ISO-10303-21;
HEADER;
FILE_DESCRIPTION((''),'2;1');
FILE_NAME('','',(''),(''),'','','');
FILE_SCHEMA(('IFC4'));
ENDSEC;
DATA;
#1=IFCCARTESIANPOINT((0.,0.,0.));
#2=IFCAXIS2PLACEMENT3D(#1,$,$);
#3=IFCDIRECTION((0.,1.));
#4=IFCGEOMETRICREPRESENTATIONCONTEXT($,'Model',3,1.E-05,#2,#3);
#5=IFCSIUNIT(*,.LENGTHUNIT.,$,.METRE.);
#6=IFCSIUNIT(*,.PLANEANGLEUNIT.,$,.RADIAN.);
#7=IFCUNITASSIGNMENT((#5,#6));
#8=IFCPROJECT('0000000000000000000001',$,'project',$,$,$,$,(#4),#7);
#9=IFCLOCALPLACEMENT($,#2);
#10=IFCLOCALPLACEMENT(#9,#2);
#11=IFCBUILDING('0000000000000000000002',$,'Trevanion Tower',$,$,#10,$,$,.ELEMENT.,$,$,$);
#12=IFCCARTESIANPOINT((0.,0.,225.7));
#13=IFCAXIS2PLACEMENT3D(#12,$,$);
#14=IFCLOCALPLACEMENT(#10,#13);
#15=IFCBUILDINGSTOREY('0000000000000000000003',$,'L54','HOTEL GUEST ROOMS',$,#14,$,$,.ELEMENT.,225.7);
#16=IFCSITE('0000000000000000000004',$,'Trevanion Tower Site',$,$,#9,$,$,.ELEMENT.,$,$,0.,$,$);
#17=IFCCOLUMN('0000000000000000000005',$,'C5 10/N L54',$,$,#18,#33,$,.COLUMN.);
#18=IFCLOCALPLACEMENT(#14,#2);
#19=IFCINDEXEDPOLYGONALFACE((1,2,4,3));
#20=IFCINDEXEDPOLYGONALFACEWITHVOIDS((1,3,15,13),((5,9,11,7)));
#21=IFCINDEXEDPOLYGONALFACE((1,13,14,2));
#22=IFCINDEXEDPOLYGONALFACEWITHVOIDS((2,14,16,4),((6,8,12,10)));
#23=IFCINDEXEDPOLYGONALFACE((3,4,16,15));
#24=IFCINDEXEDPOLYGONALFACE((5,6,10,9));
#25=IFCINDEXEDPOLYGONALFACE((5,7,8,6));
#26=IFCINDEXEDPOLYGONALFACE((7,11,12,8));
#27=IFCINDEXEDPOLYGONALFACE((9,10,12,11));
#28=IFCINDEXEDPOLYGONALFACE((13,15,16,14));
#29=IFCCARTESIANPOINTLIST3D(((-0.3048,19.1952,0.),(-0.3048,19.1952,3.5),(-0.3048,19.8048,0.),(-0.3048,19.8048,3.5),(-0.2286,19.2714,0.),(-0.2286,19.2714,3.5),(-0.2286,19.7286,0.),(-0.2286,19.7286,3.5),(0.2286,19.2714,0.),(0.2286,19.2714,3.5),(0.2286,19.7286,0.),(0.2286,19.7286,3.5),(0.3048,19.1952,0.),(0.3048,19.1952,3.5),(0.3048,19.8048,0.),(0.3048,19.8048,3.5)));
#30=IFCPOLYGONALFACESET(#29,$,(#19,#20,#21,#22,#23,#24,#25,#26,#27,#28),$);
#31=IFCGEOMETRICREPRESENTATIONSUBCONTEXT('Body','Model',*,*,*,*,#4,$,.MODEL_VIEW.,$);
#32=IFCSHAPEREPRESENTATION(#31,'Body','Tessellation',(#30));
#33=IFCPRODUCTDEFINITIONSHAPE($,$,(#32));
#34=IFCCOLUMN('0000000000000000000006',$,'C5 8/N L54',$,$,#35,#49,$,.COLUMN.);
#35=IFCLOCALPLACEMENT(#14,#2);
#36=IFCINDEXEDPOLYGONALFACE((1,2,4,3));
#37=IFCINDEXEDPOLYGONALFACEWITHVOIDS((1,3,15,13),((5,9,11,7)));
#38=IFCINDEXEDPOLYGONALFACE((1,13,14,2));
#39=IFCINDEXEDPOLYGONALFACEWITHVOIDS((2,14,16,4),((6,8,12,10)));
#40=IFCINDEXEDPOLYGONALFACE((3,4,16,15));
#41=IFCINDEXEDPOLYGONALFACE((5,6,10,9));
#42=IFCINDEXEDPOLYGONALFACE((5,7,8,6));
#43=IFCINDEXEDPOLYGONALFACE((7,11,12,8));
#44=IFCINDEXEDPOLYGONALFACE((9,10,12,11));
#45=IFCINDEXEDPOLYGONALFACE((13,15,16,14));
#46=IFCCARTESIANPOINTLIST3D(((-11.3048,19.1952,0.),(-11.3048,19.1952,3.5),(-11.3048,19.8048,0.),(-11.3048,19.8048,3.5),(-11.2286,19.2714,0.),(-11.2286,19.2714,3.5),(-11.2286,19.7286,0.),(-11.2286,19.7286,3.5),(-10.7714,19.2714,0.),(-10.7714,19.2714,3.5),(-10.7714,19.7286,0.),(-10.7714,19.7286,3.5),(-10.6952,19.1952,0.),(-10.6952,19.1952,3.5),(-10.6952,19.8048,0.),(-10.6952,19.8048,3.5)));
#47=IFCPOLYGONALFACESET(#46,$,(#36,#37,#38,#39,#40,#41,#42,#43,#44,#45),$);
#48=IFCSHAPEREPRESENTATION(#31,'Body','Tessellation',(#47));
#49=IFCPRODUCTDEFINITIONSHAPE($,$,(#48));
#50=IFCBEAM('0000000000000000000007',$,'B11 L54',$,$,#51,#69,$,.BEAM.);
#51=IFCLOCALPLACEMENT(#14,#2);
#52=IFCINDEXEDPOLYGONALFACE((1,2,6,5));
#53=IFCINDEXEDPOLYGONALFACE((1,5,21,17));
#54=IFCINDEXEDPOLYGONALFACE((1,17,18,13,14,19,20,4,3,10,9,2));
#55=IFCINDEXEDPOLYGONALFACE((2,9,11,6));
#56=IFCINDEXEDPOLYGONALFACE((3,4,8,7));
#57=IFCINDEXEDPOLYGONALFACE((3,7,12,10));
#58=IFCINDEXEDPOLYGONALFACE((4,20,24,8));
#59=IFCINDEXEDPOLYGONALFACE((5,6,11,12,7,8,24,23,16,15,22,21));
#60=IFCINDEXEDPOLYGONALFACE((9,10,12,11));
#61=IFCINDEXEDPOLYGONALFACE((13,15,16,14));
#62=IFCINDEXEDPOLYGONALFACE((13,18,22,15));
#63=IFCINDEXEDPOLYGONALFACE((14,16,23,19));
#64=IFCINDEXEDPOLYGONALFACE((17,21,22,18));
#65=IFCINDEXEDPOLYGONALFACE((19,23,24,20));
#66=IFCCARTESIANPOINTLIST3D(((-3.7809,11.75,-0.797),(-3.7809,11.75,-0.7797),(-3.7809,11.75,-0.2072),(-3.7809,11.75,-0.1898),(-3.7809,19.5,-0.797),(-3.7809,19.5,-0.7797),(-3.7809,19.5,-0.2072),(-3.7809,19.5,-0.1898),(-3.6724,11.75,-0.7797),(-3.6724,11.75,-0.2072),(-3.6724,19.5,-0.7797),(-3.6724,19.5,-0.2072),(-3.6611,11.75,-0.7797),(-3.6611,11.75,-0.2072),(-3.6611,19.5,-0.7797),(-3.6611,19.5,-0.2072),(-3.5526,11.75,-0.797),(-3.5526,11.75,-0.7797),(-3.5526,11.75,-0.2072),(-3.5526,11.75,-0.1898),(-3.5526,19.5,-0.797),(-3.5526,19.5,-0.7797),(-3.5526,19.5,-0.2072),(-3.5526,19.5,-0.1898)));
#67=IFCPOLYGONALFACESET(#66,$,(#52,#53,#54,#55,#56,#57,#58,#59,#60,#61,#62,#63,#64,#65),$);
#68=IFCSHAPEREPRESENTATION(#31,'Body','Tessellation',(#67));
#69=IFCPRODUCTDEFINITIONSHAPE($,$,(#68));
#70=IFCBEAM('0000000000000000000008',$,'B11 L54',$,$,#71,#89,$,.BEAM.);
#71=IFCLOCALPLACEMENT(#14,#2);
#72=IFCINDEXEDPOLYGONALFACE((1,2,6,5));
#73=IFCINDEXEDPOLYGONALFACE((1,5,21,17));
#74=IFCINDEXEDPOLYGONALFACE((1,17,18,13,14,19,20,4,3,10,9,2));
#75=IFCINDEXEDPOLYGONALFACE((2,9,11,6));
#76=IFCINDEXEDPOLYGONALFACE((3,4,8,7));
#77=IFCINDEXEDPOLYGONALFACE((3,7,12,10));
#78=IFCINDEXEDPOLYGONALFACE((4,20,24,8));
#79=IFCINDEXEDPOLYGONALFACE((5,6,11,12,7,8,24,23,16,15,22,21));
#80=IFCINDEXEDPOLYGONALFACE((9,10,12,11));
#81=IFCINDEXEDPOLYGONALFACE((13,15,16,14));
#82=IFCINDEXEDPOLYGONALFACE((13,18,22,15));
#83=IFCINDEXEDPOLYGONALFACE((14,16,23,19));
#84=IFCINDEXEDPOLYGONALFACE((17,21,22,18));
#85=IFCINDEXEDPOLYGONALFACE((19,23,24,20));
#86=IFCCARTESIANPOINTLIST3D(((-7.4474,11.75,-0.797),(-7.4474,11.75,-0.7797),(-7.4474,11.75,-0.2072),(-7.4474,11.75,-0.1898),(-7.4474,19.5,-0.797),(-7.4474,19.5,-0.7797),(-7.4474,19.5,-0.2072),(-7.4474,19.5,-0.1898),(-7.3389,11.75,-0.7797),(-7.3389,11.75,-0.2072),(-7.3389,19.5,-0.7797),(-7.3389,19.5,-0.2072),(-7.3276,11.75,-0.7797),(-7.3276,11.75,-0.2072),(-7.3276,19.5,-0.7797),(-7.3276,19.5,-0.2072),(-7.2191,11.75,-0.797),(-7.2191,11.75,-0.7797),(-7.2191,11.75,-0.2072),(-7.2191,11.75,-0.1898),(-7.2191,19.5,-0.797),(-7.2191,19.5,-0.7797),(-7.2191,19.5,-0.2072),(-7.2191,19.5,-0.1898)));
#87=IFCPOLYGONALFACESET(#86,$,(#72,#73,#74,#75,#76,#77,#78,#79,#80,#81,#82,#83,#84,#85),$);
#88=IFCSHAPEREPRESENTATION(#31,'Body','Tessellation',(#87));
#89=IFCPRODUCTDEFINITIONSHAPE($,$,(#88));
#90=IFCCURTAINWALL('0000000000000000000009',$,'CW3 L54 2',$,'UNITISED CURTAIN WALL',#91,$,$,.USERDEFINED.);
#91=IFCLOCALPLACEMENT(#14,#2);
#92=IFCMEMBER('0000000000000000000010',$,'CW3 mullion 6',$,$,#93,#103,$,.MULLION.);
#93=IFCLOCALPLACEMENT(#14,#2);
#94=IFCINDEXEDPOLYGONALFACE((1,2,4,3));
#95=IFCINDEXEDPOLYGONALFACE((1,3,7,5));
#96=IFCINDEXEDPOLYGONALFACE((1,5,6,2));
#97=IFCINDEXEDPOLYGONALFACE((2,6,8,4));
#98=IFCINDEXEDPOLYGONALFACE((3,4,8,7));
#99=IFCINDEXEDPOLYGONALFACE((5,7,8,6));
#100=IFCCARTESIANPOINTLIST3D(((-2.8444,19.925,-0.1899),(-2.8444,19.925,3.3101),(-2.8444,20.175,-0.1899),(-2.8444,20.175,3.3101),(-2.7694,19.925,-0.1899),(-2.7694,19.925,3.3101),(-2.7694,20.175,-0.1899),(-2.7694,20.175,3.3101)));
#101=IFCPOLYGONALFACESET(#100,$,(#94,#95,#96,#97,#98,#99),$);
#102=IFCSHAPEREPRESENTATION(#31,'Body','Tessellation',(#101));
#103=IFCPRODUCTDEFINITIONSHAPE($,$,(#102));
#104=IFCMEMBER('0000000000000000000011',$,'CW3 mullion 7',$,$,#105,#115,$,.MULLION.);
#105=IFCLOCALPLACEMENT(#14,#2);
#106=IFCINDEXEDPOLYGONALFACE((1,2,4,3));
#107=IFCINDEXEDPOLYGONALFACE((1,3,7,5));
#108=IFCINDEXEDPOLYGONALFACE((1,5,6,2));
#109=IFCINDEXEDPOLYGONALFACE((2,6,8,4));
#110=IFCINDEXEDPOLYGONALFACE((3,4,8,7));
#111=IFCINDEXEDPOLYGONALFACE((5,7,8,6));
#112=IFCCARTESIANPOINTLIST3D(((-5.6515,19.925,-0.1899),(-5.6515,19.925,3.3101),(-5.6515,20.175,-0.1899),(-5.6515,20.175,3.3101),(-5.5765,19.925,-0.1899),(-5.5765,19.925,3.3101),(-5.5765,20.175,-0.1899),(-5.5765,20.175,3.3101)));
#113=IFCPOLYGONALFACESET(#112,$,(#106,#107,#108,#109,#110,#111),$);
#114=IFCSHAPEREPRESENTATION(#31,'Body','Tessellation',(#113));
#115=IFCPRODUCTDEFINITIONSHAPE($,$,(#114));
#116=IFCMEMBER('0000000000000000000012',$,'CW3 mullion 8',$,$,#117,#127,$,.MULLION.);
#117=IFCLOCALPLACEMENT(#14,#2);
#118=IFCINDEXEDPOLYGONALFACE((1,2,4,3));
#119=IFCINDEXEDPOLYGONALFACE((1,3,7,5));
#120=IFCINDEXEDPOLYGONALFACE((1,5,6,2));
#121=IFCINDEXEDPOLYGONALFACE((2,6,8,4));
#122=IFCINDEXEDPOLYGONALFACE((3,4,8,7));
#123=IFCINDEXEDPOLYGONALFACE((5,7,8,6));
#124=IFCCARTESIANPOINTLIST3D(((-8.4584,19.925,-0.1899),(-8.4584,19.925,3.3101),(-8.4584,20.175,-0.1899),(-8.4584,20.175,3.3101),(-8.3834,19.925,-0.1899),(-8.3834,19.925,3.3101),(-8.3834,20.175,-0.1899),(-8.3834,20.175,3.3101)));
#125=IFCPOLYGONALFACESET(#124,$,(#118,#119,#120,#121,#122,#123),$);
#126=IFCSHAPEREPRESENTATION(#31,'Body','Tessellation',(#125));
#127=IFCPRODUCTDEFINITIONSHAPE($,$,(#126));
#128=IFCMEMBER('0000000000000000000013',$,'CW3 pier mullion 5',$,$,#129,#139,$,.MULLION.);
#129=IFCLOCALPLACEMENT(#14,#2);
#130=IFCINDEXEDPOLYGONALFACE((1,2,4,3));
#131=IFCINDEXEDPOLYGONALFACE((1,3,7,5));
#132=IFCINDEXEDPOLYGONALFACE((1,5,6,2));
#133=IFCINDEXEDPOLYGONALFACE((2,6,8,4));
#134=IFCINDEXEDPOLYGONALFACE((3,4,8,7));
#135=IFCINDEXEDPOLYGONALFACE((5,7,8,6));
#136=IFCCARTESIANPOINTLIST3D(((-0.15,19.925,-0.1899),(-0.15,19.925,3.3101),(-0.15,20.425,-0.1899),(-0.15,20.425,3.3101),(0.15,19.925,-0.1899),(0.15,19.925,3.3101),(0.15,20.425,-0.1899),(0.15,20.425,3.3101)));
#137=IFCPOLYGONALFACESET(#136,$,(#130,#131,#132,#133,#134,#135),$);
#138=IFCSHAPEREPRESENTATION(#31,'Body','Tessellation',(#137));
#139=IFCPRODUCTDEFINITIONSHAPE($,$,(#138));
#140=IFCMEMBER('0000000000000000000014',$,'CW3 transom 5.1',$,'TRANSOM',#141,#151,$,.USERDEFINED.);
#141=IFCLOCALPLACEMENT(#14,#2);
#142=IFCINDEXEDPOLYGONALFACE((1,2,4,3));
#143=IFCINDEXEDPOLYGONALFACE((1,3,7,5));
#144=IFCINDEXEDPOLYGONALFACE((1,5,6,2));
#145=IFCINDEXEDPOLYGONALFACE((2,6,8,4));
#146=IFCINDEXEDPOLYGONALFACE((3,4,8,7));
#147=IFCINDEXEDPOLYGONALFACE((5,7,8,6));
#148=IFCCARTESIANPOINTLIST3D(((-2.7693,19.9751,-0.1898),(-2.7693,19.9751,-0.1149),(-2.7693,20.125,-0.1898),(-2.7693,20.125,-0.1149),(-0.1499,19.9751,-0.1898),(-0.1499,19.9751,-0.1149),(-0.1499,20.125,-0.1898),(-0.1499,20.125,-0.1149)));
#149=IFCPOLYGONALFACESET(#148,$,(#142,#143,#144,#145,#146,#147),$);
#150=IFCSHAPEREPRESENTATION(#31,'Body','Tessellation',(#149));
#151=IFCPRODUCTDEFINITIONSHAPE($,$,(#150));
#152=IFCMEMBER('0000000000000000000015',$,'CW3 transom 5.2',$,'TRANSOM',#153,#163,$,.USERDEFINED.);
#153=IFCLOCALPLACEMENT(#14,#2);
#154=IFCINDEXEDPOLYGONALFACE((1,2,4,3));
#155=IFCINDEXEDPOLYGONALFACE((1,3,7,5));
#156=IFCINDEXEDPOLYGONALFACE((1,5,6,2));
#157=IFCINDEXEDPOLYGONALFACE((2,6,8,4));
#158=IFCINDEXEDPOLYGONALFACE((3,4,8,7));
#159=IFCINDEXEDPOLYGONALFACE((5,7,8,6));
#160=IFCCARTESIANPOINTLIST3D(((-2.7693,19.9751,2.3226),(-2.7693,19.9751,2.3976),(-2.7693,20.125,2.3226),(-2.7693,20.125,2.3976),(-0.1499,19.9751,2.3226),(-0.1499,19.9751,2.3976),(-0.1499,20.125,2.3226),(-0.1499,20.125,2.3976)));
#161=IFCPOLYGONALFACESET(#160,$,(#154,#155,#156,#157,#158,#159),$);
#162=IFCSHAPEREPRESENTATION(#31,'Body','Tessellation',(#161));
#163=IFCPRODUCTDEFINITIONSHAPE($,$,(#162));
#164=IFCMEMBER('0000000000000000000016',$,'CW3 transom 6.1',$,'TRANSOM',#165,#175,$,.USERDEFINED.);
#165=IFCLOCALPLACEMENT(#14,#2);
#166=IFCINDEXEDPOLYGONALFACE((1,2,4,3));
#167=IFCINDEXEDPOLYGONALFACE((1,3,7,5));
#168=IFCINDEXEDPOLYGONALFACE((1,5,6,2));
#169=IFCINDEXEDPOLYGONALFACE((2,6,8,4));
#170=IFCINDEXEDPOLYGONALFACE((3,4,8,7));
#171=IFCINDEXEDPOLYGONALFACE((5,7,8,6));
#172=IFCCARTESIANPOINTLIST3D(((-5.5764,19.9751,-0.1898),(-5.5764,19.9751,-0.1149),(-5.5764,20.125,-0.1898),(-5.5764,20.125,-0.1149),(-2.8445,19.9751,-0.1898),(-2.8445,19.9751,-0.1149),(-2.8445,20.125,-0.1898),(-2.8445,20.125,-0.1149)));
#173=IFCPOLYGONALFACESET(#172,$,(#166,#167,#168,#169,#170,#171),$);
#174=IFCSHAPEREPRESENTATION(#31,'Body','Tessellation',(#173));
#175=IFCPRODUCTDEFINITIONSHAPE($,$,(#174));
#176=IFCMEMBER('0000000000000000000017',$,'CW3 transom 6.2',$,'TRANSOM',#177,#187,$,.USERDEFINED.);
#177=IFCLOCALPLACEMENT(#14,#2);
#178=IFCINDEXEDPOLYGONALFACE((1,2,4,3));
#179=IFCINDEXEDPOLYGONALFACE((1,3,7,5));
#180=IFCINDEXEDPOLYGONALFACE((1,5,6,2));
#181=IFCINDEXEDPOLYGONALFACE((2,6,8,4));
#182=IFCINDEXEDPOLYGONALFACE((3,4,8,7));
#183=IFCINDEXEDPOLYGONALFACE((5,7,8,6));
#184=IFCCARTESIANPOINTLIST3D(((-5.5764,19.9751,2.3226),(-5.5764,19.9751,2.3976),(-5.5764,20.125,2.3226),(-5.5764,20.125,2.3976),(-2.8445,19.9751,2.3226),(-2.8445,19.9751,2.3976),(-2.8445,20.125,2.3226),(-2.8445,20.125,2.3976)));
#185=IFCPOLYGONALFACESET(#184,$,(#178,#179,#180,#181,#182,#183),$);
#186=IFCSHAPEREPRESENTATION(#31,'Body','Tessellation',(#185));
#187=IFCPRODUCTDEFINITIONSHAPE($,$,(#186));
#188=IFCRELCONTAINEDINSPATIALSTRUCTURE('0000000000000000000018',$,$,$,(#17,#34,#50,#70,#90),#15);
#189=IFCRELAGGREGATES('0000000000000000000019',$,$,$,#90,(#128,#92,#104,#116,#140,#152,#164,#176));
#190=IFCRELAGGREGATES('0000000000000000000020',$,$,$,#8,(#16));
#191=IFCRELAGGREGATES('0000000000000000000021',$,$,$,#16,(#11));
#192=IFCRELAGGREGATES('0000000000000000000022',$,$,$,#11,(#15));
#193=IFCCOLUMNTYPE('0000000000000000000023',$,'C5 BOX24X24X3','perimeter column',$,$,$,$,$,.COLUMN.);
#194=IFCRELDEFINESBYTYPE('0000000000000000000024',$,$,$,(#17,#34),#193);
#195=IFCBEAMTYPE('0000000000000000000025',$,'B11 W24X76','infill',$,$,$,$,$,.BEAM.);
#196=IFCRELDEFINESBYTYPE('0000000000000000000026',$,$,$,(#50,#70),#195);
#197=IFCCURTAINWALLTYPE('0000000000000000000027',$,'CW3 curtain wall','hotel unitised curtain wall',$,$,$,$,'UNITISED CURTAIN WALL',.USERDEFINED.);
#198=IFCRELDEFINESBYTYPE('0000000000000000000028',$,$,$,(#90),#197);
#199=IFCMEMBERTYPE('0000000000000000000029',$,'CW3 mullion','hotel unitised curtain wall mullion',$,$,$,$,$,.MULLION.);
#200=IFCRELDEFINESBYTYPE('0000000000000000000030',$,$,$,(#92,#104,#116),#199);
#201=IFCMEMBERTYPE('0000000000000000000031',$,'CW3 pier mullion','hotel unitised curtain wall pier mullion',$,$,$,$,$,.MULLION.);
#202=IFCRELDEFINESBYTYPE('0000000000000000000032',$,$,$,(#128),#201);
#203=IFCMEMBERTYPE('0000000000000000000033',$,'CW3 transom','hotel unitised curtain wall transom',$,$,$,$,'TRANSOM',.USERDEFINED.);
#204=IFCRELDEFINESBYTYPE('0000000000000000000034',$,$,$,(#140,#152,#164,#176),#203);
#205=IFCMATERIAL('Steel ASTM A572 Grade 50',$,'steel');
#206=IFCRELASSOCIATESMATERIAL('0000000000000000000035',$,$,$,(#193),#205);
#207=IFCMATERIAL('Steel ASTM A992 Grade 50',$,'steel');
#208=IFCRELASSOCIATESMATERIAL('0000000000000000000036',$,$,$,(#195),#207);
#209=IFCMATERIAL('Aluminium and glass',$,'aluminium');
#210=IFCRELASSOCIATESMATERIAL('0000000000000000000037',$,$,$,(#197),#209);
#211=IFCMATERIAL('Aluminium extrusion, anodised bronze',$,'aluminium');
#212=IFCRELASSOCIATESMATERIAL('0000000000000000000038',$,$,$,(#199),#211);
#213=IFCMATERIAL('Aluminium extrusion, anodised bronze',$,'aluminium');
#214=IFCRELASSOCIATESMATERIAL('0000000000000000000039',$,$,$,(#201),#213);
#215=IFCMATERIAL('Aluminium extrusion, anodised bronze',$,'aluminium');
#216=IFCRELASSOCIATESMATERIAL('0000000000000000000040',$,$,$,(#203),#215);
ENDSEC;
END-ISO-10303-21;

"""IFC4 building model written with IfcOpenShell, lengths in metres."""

from ifc_helpers import new_model, si_unit, direction, frame, origin, origin_2d, place, context, subcontext, project, spatial, rectangle, hollow_rectangle, i_section, extrude, material, material_profile, profile_set, type_object, element, aggregate, save


model = new_model("IFC4")

# Units and contexts
model_context = context("Model", 3, precision=1e-05, world=origin(), true_north=direction((0.0, 1.0)))
body_context = subcontext(model_context, "Body", "Model", "MODEL_VIEW")
ifc_project = project(units=[si_unit("LENGTHUNIT", "METRE"), si_unit("PLANEANGLEUNIT", "RADIAN")], contexts=[model_context])

# Site, building, storey
site_placement = place(None, origin())
site = spatial("IfcSite", under=ifc_project, at=site_placement, Name="Trevanion Tower Site", CompositionType="ELEMENT", RefElevation=0.0)
building_placement = place(site_placement, origin())
building = spatial("IfcBuilding", under=site, at=building_placement, Name="Trevanion Tower", CompositionType="ELEMENT")
storey_placement = place(building_placement, frame((0.0, 0.0, 225.7)))
storey = spatial("IfcBuildingStorey", under=building, at=storey_placement, Name="L54", Description="HOTEL GUEST ROOMS", CompositionType="ELEMENT", Elevation=225.7)

# Columns
ifc_material_1 = material(Name="Steel ASTM A572 Grade 50", Category="steel")
ifc_material_profile_1 = material_profile(ifc_material_1, hollow_rectangle(XDim=0.6096, YDim=0.6096, WallThickness=0.0762, at=origin_2d()), Name="BOX24X24X3")
ifc_profile_set_1 = profile_set([ifc_material_profile_1], Name="Steel ASTM A572 Grade 50")
column_type = type_object("IfcColumnType", Name="C5 BOX24X24X3", Description="perimeter column", PredefinedType="COLUMN", material=ifc_profile_set_1)
for number, where, z_axis, x_axis, name in (
    (1, (0.0, 19.5, 0.0), (0.0, 0.0, 1.0), (1.0, 0.0, 0.0), "C5 10/N L54"),
    (2, (-11.0, 19.5, 0.0), (0.0, 0.0, 1.0), (1.0, 0.0, 0.0), "C5 8/N L54"),
):
    element("IfcColumn", number, at=place(storey_placement, frame(where, z_axis=z_axis, x_axis=x_axis)), inside=storey, type_object=column_type, Name=name, PredefinedType="COLUMN", context=body_context, shape_type="SweptSolid", body=[
        extrude(hollow_rectangle(XDim=0.6096, YDim=0.6096, WallThickness=0.0762, at=origin_2d()), origin(), (0.0, 0.0, 1.0), 3.5),
    ])

# Beams
ifc_material_2 = material(Name="Steel ASTM A992 Grade 50", Category="steel")
ifc_material_profile_2 = material_profile(ifc_material_2, i_section(OverallWidth=0.2283, OverallDepth=0.6072, WebThickness=0.0112, FlangeThickness=0.0173, at=origin_2d()), Name="W24X76")
ifc_profile_set_2 = profile_set([ifc_material_profile_2], Name="Steel ASTM A992 Grade 50")
beam_type_1 = type_object("IfcBeamType", Name="B11 W24X76", Description="infill", PredefinedType="BEAM", material=ifc_profile_set_2)
for number, where, z_axis, x_axis, name in (
    (3, (-3.6667, 11.75, -0.4934), (0.0, 1.0, 0.0), (-1.0, 0.0, 0.0), "B11 L54"),
    (4, (-7.3333, 11.75, -0.4934), (0.0, 1.0, 0.0), (-1.0, 0.0, 0.0), "B11 L54"),
):
    element("IfcBeam", number, at=place(storey_placement, frame(where, z_axis=z_axis, x_axis=x_axis)), inside=storey, type_object=beam_type_1, Name=name, PredefinedType="BEAM", context=body_context, shape_type="SweptSolid", body=[
        extrude(i_section(OverallWidth=0.2283, OverallDepth=0.6072, WebThickness=0.0112, FlangeThickness=0.0173, at=origin_2d()), origin(), (0.0, 0.0, 1.0), 7.75),
    ])

# Curtain wall, members
ifc_material_3 = material(Name="Aluminium and glass", Category="aluminium")
curtain_wall_type = type_object("IfcCurtainWallType", Name="CW3 curtain wall", Description="hotel unitised curtain wall", ElementType="UNITISED CURTAIN WALL", PredefinedType="USERDEFINED", material=ifc_material_3)
curtain_wall_placement = place(storey_placement, origin())
curtain_wall = element("IfcCurtainWall", 5, at=curtain_wall_placement, inside=storey, type_object=curtain_wall_type, Name="CW3 L54 2", ObjectType="UNITISED CURTAIN WALL", PredefinedType="USERDEFINED")
ifc_material_4 = material(Name="Aluminium extrusion, anodised bronze", Category="aluminium")
ifc_material_profile_3 = material_profile(ifc_material_4, rectangle(XDim=0.075, YDim=0.25, at=origin_2d()), Name="CW3 mullion")
ifc_profile_set_3 = profile_set([ifc_material_profile_3], Name="Aluminium extrusion, anodised bronze")
member_type_1 = type_object("IfcMemberType", Name="CW3 mullion", Description="hotel unitised curtain wall mullion", PredefinedType="MULLION", material=ifc_profile_set_3)
member_1_placement = place(storey_placement, frame((-2.8069, 20.05, -0.1899), z_axis=(0.0, 0.0, 1.0), x_axis=(-1.0, 0.0, 0.0)))
member_1 = element("IfcMember", 6, at=member_1_placement, type_object=member_type_1, Name="CW3 mullion 6", PredefinedType="MULLION", context=body_context, shape_type="SweptSolid", body=[
    extrude(rectangle(XDim=0.075, YDim=0.25, at=origin_2d()), origin(), (0.0, 0.0, 1.0), 3.5),
])
member_2_placement = place(storey_placement, frame((-5.614, 20.05, -0.1899), z_axis=(0.0, 0.0, 1.0), x_axis=(-1.0, 0.0, 0.0)))
member_2 = element("IfcMember", 7, at=member_2_placement, type_object=member_type_1, Name="CW3 mullion 7", PredefinedType="MULLION", context=body_context, shape_type="SweptSolid", body=[
    extrude(rectangle(XDim=0.075, YDim=0.25, at=origin_2d()), origin(), (0.0, 0.0, 1.0), 3.5),
])
member_3_placement = place(storey_placement, frame((-8.4209, 20.05, -0.1899), z_axis=(0.0, 0.0, 1.0), x_axis=(-1.0, 0.0, 0.0)))
member_3 = element("IfcMember", 8, at=member_3_placement, type_object=member_type_1, Name="CW3 mullion 8", PredefinedType="MULLION", context=body_context, shape_type="SweptSolid", body=[
    extrude(rectangle(XDim=0.075, YDim=0.25, at=origin_2d()), origin(), (0.0, 0.0, 1.0), 3.5),
])
ifc_material_5 = material(Name="Aluminium extrusion, anodised bronze", Category="aluminium")
ifc_material_profile_4 = material_profile(ifc_material_5, rectangle(XDim=0.3, YDim=0.5, at=origin_2d()), Name="CW3 pier mullion")
ifc_profile_set_4 = profile_set([ifc_material_profile_4], Name="Aluminium extrusion, anodised bronze")
member_type_2 = type_object("IfcMemberType", Name="CW3 pier mullion", Description="hotel unitised curtain wall pier mullion", PredefinedType="MULLION", material=ifc_profile_set_4)
member_4_placement = place(storey_placement, frame((0.0, 20.175, -0.1899), z_axis=(0.0, 0.0, 1.0), x_axis=(-1.0, 0.0, 0.0)))
member_4 = element("IfcMember", 9, at=member_4_placement, type_object=member_type_2, Name="CW3 pier mullion 5", PredefinedType="MULLION", context=body_context, shape_type="SweptSolid", body=[
    extrude(rectangle(XDim=0.3, YDim=0.5, at=origin_2d()), origin(), (0.0, 0.0, 1.0), 3.5),
])
ifc_material_6 = material(Name="Aluminium extrusion, anodised bronze", Category="aluminium")
ifc_material_profile_5 = material_profile(ifc_material_6, rectangle(XDim=0.1499, YDim=0.075, at=origin_2d()), Name="CW3 transom")
ifc_profile_set_5 = profile_set([ifc_material_profile_5], Name="Aluminium extrusion, anodised bronze")
member_type_3 = type_object("IfcMemberType", Name="CW3 transom", Description="hotel unitised curtain wall transom", ElementType="TRANSOM", PredefinedType="USERDEFINED", material=ifc_profile_set_5)
member_5_placement = place(storey_placement, frame((-0.1499, 20.05, -0.1523), z_axis=(-1.0, 0.0, 0.0), x_axis=(0.0, -1.0, 0.0)))
member_5 = element("IfcMember", 10, at=member_5_placement, type_object=member_type_3, Name="CW3 transom 5.1", ObjectType="TRANSOM", PredefinedType="USERDEFINED", context=body_context, shape_type="SweptSolid", body=[
    extrude(rectangle(XDim=0.1499, YDim=0.075, at=origin_2d()), origin(), (0.0, 0.0, 1.0), 2.6194),
])
member_6_placement = place(storey_placement, frame((-0.1499, 20.05, 2.3601), z_axis=(-1.0, 0.0, 0.0), x_axis=(0.0, -1.0, 0.0)))
member_6 = element("IfcMember", 11, at=member_6_placement, type_object=member_type_3, Name="CW3 transom 5.2", ObjectType="TRANSOM", PredefinedType="USERDEFINED", context=body_context, shape_type="SweptSolid", body=[
    extrude(rectangle(XDim=0.1499, YDim=0.075, at=origin_2d()), origin(), (0.0, 0.0, 1.0), 2.6194),
])
member_7_placement = place(storey_placement, frame((-2.8445, 20.05, -0.1523), z_axis=(-1.0, 0.0, 0.0), x_axis=(0.0, -1.0, 0.0)))
member_7 = element("IfcMember", 12, at=member_7_placement, type_object=member_type_3, Name="CW3 transom 6.1", ObjectType="TRANSOM", PredefinedType="USERDEFINED", context=body_context, shape_type="SweptSolid", body=[
    extrude(rectangle(XDim=0.1499, YDim=0.075, at=origin_2d()), origin(), (0.0, 0.0, 1.0), 2.7319),
])
member_8_placement = place(storey_placement, frame((-2.8445, 20.05, 2.3601), z_axis=(-1.0, 0.0, 0.0), x_axis=(0.0, -1.0, 0.0)))
member_8 = element("IfcMember", 13, at=member_8_placement, type_object=member_type_3, Name="CW3 transom 6.2", ObjectType="TRANSOM", PredefinedType="USERDEFINED", context=body_context, shape_type="SweptSolid", body=[
    extrude(rectangle(XDim=0.1499, YDim=0.075, at=origin_2d()), origin(), (0.0, 0.0, 1.0), 2.7319),
])

aggregate(curtain_wall, [member_4, member_1, member_2, member_3, member_5, member_6, member_7, member_8])

save(model, "model.ifc")
